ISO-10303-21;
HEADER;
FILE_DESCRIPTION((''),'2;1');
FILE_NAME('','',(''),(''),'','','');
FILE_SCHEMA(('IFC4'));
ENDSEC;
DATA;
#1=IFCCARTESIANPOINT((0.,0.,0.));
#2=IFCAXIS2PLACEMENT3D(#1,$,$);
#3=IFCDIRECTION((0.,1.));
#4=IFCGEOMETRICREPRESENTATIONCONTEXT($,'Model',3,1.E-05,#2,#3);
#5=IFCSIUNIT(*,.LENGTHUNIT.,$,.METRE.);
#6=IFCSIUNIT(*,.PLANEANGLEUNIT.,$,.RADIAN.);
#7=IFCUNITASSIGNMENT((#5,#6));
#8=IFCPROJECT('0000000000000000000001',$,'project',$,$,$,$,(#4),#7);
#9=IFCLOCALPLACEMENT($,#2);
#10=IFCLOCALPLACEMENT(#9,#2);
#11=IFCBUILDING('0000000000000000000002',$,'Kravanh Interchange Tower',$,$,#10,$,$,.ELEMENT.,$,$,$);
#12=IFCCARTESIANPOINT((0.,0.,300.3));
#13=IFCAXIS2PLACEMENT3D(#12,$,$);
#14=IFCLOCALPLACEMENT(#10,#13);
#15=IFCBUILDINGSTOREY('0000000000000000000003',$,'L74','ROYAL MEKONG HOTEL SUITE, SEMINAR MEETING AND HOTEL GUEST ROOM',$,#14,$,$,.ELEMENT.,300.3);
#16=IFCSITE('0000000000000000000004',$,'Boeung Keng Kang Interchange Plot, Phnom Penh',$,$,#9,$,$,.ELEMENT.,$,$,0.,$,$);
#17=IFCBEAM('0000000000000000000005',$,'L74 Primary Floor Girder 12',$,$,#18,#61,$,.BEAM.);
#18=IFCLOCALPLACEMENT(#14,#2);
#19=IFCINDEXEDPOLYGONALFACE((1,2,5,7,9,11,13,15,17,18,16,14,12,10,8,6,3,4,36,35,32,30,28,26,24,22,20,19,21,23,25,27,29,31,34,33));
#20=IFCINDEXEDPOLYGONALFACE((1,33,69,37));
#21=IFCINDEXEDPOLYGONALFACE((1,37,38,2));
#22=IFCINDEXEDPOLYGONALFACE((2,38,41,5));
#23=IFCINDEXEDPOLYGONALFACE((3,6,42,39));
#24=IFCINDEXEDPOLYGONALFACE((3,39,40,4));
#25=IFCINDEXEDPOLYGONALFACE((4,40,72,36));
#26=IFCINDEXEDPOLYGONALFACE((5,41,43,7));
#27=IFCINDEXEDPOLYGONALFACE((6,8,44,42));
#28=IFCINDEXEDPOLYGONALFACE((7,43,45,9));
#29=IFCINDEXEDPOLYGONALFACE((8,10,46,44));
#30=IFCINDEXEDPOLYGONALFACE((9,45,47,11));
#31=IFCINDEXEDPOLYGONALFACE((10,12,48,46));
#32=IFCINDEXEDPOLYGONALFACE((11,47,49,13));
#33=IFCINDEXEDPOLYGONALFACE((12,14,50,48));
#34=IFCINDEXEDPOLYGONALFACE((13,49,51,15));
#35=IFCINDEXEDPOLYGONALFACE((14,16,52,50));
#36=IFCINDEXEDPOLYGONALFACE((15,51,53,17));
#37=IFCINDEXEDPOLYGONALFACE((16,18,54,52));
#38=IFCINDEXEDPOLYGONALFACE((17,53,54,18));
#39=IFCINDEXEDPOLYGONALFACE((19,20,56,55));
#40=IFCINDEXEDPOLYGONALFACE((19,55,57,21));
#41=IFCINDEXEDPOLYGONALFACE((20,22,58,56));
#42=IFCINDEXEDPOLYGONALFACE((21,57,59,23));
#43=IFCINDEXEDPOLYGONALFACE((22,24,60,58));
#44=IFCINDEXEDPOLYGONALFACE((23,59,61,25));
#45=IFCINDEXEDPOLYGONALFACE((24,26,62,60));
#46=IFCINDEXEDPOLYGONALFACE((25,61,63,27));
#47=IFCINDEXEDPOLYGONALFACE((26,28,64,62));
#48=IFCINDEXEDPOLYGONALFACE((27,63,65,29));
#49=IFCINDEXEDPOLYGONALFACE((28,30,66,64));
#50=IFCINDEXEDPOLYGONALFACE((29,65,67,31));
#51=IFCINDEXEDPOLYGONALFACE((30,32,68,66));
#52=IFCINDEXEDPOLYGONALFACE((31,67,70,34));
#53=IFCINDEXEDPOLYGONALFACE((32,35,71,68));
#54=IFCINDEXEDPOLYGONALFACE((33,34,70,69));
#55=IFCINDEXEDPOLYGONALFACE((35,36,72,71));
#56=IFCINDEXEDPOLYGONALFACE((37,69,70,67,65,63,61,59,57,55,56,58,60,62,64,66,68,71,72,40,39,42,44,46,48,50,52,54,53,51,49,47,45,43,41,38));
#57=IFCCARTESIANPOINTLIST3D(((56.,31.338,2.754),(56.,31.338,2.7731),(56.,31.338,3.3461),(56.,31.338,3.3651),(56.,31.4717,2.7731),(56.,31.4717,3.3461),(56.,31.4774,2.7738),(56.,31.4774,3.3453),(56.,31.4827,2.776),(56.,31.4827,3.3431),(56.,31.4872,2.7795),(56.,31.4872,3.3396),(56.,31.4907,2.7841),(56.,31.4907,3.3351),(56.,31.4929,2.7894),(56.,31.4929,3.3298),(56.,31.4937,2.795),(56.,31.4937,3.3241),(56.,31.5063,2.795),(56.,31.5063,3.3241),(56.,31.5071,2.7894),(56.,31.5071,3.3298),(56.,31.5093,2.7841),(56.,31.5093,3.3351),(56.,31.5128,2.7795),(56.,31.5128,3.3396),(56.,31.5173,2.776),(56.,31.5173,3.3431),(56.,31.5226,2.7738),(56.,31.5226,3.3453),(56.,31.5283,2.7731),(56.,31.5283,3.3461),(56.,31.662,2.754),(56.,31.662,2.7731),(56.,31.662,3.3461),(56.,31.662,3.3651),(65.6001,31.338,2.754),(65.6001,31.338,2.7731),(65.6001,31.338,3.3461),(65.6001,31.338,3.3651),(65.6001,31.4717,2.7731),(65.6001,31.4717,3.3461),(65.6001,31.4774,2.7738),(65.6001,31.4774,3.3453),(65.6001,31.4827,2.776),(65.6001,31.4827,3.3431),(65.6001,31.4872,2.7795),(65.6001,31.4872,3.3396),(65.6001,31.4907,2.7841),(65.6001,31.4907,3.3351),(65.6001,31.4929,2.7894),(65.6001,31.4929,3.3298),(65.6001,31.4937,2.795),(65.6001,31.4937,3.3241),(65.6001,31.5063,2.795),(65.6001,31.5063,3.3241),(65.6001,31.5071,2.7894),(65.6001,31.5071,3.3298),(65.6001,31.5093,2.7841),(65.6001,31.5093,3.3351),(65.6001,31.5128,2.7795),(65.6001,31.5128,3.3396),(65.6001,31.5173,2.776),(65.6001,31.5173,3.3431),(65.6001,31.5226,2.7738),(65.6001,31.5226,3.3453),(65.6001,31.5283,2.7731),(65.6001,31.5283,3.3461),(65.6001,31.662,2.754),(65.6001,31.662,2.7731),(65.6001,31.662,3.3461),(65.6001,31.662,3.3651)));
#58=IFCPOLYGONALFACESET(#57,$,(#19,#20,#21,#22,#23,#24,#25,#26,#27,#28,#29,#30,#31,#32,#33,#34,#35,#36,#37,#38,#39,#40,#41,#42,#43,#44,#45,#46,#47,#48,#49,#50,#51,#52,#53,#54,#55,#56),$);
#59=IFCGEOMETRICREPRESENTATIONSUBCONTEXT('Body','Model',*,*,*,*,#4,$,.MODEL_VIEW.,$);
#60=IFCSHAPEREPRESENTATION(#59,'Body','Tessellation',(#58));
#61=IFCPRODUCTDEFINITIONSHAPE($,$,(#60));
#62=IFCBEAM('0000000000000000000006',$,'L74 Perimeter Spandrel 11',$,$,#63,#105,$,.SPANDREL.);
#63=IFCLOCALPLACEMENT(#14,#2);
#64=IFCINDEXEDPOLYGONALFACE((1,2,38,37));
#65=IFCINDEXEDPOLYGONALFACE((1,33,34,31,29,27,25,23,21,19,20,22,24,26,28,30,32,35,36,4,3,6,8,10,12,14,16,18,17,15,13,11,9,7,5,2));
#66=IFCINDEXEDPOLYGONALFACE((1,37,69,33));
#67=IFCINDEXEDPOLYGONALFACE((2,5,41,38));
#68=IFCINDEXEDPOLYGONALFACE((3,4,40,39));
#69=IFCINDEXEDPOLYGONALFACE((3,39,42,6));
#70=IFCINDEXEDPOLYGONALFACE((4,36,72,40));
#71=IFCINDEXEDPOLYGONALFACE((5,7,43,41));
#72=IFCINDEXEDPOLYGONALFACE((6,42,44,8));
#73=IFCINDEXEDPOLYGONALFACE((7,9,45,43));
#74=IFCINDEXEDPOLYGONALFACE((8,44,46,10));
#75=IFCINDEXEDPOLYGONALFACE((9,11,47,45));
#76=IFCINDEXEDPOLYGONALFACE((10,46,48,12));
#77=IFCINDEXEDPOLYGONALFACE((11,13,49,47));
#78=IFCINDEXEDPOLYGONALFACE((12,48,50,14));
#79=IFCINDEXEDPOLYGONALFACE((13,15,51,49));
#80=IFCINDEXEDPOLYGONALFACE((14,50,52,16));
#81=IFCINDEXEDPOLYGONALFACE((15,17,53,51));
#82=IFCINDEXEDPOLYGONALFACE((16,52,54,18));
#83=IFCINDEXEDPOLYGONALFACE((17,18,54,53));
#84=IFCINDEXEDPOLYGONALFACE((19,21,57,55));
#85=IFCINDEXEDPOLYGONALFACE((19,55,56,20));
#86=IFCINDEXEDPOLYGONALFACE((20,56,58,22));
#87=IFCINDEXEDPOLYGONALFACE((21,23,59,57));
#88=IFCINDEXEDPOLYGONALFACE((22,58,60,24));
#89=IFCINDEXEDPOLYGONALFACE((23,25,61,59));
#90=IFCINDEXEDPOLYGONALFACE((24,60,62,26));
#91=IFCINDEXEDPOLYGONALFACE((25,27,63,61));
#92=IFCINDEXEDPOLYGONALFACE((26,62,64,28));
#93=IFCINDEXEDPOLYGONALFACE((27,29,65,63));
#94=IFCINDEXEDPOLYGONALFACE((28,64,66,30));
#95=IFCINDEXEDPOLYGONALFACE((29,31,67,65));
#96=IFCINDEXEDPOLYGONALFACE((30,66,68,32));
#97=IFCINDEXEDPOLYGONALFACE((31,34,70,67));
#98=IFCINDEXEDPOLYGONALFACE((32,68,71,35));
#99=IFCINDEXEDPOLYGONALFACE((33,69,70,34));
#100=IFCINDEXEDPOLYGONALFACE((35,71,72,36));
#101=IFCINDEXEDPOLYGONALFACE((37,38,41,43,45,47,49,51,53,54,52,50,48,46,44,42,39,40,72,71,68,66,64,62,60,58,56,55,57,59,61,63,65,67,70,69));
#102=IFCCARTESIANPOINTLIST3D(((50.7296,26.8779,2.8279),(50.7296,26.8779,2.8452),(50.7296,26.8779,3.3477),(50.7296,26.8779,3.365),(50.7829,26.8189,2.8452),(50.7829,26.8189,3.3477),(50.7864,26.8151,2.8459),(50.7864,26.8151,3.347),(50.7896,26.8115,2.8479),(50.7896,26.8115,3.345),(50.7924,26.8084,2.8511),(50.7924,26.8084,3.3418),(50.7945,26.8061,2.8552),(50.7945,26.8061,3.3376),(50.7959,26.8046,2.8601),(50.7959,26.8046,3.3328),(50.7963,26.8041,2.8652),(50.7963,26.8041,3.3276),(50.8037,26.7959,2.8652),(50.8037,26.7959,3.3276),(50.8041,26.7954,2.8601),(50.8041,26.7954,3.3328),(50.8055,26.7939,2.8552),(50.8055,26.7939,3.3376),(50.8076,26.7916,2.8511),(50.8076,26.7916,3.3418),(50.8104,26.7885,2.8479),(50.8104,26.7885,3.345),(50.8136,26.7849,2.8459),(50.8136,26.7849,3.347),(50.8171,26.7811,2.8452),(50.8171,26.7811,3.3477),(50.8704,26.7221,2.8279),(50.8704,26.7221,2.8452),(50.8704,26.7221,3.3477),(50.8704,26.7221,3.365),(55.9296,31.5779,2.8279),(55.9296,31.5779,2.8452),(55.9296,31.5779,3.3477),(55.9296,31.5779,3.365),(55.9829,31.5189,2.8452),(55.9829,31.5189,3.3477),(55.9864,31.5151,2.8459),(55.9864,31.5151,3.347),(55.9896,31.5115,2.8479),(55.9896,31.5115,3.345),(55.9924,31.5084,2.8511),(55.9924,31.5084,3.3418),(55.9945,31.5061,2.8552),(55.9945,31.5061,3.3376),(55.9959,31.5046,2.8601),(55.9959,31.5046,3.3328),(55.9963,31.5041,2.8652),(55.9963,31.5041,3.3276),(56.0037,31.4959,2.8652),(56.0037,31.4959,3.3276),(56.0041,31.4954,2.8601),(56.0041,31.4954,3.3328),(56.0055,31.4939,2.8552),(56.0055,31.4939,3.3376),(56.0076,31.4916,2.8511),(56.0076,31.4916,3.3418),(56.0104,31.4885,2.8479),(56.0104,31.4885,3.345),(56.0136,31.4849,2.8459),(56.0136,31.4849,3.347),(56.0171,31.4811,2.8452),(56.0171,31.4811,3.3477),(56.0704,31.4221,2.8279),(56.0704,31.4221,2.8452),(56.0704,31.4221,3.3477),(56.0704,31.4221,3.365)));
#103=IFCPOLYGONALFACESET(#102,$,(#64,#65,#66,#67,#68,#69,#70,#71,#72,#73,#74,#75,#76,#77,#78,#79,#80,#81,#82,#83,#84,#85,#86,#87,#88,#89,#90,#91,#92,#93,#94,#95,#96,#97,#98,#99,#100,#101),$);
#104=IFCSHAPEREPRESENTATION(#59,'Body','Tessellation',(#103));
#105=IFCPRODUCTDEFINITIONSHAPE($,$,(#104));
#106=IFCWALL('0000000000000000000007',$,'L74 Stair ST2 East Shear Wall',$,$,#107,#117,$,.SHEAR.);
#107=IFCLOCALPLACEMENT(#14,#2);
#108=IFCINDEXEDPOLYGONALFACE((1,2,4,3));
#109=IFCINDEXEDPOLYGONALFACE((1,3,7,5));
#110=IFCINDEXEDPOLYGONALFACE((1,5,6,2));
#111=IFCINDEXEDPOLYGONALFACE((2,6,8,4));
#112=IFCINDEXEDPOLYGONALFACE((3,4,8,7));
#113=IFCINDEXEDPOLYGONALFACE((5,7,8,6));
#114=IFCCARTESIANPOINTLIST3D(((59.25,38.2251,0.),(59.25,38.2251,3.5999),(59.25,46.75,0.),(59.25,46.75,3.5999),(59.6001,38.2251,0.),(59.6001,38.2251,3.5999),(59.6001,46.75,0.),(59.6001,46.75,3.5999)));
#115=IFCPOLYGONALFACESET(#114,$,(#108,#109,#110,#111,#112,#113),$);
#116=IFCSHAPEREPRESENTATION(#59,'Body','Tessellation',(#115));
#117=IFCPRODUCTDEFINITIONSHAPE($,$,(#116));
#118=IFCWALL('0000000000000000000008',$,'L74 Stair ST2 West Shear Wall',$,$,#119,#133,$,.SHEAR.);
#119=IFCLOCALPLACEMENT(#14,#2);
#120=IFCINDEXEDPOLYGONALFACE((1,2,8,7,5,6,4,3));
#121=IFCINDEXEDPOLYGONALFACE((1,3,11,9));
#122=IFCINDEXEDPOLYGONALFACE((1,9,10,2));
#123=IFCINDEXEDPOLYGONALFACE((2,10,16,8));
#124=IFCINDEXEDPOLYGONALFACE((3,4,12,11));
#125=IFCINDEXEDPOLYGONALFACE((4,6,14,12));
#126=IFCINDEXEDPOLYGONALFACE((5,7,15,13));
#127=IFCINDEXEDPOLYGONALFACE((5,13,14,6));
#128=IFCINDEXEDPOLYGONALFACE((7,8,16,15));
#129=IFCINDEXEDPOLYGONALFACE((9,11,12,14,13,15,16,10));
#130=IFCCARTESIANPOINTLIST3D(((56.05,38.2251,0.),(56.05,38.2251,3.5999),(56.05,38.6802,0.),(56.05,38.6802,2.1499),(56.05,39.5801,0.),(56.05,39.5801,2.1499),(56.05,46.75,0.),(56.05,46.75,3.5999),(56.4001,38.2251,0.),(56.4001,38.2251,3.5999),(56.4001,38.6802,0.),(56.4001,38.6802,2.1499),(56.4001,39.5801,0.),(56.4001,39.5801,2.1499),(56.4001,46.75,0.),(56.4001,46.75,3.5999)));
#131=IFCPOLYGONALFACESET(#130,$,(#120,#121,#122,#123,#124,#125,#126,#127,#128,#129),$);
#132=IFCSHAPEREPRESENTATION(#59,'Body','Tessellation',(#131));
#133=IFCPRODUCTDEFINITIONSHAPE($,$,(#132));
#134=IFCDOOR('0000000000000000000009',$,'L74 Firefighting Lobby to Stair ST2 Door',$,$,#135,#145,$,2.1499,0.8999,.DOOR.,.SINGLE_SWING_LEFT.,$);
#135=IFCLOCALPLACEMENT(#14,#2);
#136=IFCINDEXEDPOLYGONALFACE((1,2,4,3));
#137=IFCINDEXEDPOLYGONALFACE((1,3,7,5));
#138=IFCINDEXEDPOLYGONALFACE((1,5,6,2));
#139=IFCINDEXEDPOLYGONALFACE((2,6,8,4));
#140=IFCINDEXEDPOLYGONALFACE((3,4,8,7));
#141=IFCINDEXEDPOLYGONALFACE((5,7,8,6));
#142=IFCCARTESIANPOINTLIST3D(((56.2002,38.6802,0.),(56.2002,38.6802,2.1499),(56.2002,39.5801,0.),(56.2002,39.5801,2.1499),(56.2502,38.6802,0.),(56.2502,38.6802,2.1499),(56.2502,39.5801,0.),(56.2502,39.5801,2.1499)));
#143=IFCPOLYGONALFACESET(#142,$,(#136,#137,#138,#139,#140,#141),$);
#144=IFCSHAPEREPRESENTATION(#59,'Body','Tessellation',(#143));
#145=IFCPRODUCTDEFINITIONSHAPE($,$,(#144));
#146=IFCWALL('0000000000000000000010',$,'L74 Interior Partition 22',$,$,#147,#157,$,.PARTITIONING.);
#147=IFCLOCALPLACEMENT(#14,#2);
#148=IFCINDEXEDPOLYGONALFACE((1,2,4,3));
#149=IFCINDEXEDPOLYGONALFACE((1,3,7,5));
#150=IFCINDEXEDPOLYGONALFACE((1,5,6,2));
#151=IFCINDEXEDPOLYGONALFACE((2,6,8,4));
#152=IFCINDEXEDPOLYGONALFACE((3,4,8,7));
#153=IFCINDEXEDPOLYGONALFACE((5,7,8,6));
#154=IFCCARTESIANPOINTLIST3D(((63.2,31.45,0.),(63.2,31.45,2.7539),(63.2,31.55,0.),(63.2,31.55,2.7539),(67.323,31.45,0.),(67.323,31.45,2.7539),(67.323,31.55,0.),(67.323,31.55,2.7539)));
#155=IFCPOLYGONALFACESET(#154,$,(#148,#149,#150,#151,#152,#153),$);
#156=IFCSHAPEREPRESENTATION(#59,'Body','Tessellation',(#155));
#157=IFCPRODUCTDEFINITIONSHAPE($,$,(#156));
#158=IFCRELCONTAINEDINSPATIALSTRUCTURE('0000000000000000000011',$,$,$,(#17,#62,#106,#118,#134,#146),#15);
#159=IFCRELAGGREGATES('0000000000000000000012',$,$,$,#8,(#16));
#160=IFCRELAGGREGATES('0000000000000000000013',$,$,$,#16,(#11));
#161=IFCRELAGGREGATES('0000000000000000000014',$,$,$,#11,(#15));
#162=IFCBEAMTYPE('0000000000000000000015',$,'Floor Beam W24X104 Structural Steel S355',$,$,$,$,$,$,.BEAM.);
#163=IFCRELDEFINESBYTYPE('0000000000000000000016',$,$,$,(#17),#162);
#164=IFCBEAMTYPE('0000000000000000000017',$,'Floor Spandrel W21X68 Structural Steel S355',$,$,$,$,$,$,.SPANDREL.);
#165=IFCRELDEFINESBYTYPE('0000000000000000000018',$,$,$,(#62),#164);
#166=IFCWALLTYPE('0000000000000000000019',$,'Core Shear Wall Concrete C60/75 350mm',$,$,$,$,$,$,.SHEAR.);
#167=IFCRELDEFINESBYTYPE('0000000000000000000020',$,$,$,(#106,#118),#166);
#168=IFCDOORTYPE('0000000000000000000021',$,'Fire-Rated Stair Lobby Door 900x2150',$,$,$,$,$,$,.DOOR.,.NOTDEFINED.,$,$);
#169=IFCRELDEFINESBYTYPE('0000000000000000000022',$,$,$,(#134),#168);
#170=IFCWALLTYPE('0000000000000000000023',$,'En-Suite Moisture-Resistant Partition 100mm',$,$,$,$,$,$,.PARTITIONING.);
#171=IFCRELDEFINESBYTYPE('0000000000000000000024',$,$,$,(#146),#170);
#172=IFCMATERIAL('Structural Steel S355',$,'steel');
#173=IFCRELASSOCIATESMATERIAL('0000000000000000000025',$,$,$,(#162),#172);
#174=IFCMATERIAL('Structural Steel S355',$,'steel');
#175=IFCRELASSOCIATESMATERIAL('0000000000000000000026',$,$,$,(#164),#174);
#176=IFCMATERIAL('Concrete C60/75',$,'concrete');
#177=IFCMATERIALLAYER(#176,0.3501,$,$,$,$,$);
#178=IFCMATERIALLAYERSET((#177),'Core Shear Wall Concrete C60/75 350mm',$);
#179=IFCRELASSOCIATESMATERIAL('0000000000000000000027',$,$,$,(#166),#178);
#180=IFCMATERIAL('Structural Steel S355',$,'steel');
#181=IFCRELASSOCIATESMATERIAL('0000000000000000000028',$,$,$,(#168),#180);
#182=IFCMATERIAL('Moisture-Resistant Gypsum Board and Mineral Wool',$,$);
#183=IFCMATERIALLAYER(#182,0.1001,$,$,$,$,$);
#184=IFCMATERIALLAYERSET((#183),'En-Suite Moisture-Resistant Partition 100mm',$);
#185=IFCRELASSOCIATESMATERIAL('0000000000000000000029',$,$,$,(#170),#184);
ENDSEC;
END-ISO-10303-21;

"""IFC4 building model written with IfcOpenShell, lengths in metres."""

from ifc_helpers import new_model, si_unit, direction, frame, frame_2d, origin, origin_2d, place, context, subcontext, project, spatial, rectangle, i_section, extrude, material, layer, layer_set, material_profile, profile_set, type_object, element, fill, save


model = new_model("IFC4")

# Units and contexts
model_context = context("Model", 3, precision=1e-05, world=origin(), true_north=direction((0.0, 1.0)))
body_context = subcontext(model_context, "Body", "Model", "MODEL_VIEW")
ifc_project = project(units=[si_unit("LENGTHUNIT", "METRE"), si_unit("PLANEANGLEUNIT", "RADIAN")], contexts=[model_context])

# Site, building, storey
site_placement = place(None, origin())
site = spatial("IfcSite", under=ifc_project, at=site_placement, Name="Boeung Keng Kang Interchange Plot, Phnom Penh", CompositionType="ELEMENT", RefElevation=0.0)
building_placement = place(site_placement, origin())
building = spatial("IfcBuilding", under=site, at=building_placement, Name="Kravanh Interchange Tower", CompositionType="ELEMENT")
storey_placement = place(building_placement, frame((0.0, 0.0, 300.3)))
storey = spatial("IfcBuildingStorey", under=building, at=storey_placement, Name="L74", Description="ROYAL MEKONG HOTEL SUITE, SEMINAR MEETING AND HOTEL GUEST ROOM", CompositionType="ELEMENT", Elevation=300.3)

# Beams
ifc_material_1 = material(Name="Structural Steel S355", Category="steel")
ifc_material_profile_1 = material_profile(ifc_material_1, i_section(OverallWidth=0.324, OverallDepth=0.6111, WebThickness=0.0127, FlangeThickness=0.019, FilletRadius=0.022, at=origin_2d()), Name="W24X104")
ifc_profile_set_1 = profile_set([ifc_material_profile_1], Name="Structural Steel S355")
beam_type_1 = type_object("IfcBeamType", Name="Floor Beam W24X104 Structural Steel S355", PredefinedType="BEAM", material=ifc_profile_set_1)
beam_1_placement = place(storey_placement, frame((56.0, 31.5, 3.0596), z_axis=(1.0, 0.0, 0.0), x_axis=(0.0, 1.0, 0.0)))
element("IfcBeam", 1, at=beam_1_placement, inside=storey, type_object=beam_type_1, Name="L74 Primary Floor Girder 12", PredefinedType="BEAM", context=body_context, shape_type="SweptSolid", body=[
    extrude(i_section(OverallWidth=0.324, OverallDepth=0.6111, WebThickness=0.0127, FlangeThickness=0.019, FilletRadius=0.022, at=origin_2d()), origin(), (0.0, 0.0, 1.0), 9.6001),
])
ifc_material_2 = material(Name="Structural Steel S355", Category="steel")
ifc_material_profile_2 = material_profile(ifc_material_2, i_section(OverallWidth=0.21, OverallDepth=0.5371, WebThickness=0.011, FlangeThickness=0.0173, FilletRadius=0.02, at=origin_2d()), Name="W21X68")
ifc_profile_set_2 = profile_set([ifc_material_profile_2], Name="Structural Steel S355")
beam_type_2 = type_object("IfcBeamType", Name="Floor Spandrel W21X68 Structural Steel S355", PredefinedType="SPANDREL", material=ifc_profile_set_2)
beam_2_placement = place(storey_placement, frame((56.0, 31.5, 3.0964), z_axis=(-0.741874, -0.670539, 0.0), x_axis=(0.670539, -0.741874, 0.0)))
element("IfcBeam", 2, at=beam_2_placement, inside=storey, type_object=beam_type_2, Name="L74 Perimeter Spandrel 11", PredefinedType="SPANDREL", context=body_context, shape_type="SweptSolid", body=[
    extrude(i_section(OverallWidth=0.21, OverallDepth=0.5371, WebThickness=0.011, FlangeThickness=0.0173, FilletRadius=0.02, at=origin_2d()), origin(), (0.0, 0.0, 1.0), 7.0093),
])

# Wall
ifc_material_3 = material(Name="Concrete C60/75", Category="concrete")
ifc_layer_1 = layer(ifc_material_3, 0.3501)
ifc_layer_set_1 = layer_set([ifc_layer_1], Name="Core Shear Wall Concrete C60/75 350mm")
wall_type_1 = type_object("IfcWallType", Name="Core Shear Wall Concrete C60/75 350mm", PredefinedType="SHEAR", material=ifc_layer_set_1)
wall_1_placement = place(storey_placement, frame((59.425, 38.2251, 0.0), z_axis=(0.0, 0.0, 1.0), x_axis=(0.0, 1.0, 0.0)))
element("IfcWall", 3, at=wall_1_placement, inside=storey, type_object=wall_type_1, Name="L74 Stair ST2 East Shear Wall", PredefinedType="SHEAR", context=body_context, shape_type="SweptSolid", body=[
    extrude(rectangle(XDim=8.5249, YDim=0.3501, at=frame_2d((4.2625, 0.0))), origin(), (0.0, 0.0, 1.0), 3.5999),
])

# Wall, opening, door
wall_2_placement = place(storey_placement, frame((56.2251, 38.2251, 0.0), z_axis=(0.0, 0.0, 1.0), x_axis=(0.0, 1.0, 0.0)))
wall_2 = element("IfcWall", 4, at=wall_2_placement, inside=storey, type_object=wall_type_1, Name="L74 Stair ST2 West Shear Wall", PredefinedType="SHEAR", context=body_context, shape_type="SweptSolid", body=[
    extrude(rectangle(XDim=8.5249, YDim=0.3501, at=frame_2d((4.2625, 0.0))), origin(), (0.0, 0.0, 1.0), 3.5999),
])
opening_1_placement = place(wall_2_placement, frame((0.4551, 0.0, 0.0)))
opening_1 = element("IfcOpeningElement", 5, at=opening_1_placement, cuts=wall_2, PredefinedType="OPENING", context=body_context, shape_type="SweptSolid", body=[
    extrude(rectangle(XDim=0.8999, YDim=2.1499, at=frame_2d((0.45, 1.075))), frame((0.0, 0.1851, 0.0), z_axis=(0.0, -1.0, 0.0), x_axis=(1.0, 0.0, 0.0)), (0.0, 0.0, 1.0), 0.3701),
])
ifc_material_4 = material(Name="Structural Steel S355", Category="steel")
door_type_1 = type_object("IfcDoorType", Name="Fire-Rated Stair Lobby Door 900x2150", OperationType="NOTDEFINED", PredefinedType="DOOR", material=ifc_material_4)
door_1_placement = place(opening_1_placement, origin())
door_1 = element("IfcDoor", 6, at=door_1_placement, inside=storey, type_object=door_type_1, Name="L74 Firefighting Lobby to Stair ST2 Door", OperationType="SINGLE_SWING_LEFT", OverallHeight=2.1499, OverallWidth=0.8999, PredefinedType="DOOR", context=body_context, shape_type="SweptSolid", body=[
    extrude(rectangle(XDim=0.8999, YDim=2.1499, at=frame_2d((0.45, 1.075))), frame((0.0, 0.0249, 0.0), z_axis=(0.0, -1.0, 0.0), x_axis=(1.0, 0.0, 0.0)), (0.0, 0.0, 1.0), 0.05),
])
fill(opening_1, door_1)

# Wall
ifc_material_5 = material(Name="Moisture-Resistant Gypsum Board and Mineral Wool")
ifc_layer_2 = layer(ifc_material_5, 0.1001)
ifc_layer_set_2 = layer_set([ifc_layer_2], Name="En-Suite Moisture-Resistant Partition 100mm")
wall_type_2 = type_object("IfcWallType", Name="En-Suite Moisture-Resistant Partition 100mm", PredefinedType="PARTITIONING", material=ifc_layer_set_2)
wall_3_placement = place(storey_placement, frame((63.2, 31.5, 0.0), z_axis=(0.0, 0.0, 1.0), x_axis=(1.0, 0.0, 0.0)))
element("IfcWall", 7, at=wall_3_placement, inside=storey, type_object=wall_type_2, Name="L74 Interior Partition 22", PredefinedType="PARTITIONING", context=body_context, shape_type="SweptSolid", body=[
    extrude(rectangle(XDim=4.123, YDim=0.1001, at=frame_2d((2.0615, 0.0))), origin(), (0.0, 0.0, 1.0), 2.7539),
])

save(model, "model.ifc")
